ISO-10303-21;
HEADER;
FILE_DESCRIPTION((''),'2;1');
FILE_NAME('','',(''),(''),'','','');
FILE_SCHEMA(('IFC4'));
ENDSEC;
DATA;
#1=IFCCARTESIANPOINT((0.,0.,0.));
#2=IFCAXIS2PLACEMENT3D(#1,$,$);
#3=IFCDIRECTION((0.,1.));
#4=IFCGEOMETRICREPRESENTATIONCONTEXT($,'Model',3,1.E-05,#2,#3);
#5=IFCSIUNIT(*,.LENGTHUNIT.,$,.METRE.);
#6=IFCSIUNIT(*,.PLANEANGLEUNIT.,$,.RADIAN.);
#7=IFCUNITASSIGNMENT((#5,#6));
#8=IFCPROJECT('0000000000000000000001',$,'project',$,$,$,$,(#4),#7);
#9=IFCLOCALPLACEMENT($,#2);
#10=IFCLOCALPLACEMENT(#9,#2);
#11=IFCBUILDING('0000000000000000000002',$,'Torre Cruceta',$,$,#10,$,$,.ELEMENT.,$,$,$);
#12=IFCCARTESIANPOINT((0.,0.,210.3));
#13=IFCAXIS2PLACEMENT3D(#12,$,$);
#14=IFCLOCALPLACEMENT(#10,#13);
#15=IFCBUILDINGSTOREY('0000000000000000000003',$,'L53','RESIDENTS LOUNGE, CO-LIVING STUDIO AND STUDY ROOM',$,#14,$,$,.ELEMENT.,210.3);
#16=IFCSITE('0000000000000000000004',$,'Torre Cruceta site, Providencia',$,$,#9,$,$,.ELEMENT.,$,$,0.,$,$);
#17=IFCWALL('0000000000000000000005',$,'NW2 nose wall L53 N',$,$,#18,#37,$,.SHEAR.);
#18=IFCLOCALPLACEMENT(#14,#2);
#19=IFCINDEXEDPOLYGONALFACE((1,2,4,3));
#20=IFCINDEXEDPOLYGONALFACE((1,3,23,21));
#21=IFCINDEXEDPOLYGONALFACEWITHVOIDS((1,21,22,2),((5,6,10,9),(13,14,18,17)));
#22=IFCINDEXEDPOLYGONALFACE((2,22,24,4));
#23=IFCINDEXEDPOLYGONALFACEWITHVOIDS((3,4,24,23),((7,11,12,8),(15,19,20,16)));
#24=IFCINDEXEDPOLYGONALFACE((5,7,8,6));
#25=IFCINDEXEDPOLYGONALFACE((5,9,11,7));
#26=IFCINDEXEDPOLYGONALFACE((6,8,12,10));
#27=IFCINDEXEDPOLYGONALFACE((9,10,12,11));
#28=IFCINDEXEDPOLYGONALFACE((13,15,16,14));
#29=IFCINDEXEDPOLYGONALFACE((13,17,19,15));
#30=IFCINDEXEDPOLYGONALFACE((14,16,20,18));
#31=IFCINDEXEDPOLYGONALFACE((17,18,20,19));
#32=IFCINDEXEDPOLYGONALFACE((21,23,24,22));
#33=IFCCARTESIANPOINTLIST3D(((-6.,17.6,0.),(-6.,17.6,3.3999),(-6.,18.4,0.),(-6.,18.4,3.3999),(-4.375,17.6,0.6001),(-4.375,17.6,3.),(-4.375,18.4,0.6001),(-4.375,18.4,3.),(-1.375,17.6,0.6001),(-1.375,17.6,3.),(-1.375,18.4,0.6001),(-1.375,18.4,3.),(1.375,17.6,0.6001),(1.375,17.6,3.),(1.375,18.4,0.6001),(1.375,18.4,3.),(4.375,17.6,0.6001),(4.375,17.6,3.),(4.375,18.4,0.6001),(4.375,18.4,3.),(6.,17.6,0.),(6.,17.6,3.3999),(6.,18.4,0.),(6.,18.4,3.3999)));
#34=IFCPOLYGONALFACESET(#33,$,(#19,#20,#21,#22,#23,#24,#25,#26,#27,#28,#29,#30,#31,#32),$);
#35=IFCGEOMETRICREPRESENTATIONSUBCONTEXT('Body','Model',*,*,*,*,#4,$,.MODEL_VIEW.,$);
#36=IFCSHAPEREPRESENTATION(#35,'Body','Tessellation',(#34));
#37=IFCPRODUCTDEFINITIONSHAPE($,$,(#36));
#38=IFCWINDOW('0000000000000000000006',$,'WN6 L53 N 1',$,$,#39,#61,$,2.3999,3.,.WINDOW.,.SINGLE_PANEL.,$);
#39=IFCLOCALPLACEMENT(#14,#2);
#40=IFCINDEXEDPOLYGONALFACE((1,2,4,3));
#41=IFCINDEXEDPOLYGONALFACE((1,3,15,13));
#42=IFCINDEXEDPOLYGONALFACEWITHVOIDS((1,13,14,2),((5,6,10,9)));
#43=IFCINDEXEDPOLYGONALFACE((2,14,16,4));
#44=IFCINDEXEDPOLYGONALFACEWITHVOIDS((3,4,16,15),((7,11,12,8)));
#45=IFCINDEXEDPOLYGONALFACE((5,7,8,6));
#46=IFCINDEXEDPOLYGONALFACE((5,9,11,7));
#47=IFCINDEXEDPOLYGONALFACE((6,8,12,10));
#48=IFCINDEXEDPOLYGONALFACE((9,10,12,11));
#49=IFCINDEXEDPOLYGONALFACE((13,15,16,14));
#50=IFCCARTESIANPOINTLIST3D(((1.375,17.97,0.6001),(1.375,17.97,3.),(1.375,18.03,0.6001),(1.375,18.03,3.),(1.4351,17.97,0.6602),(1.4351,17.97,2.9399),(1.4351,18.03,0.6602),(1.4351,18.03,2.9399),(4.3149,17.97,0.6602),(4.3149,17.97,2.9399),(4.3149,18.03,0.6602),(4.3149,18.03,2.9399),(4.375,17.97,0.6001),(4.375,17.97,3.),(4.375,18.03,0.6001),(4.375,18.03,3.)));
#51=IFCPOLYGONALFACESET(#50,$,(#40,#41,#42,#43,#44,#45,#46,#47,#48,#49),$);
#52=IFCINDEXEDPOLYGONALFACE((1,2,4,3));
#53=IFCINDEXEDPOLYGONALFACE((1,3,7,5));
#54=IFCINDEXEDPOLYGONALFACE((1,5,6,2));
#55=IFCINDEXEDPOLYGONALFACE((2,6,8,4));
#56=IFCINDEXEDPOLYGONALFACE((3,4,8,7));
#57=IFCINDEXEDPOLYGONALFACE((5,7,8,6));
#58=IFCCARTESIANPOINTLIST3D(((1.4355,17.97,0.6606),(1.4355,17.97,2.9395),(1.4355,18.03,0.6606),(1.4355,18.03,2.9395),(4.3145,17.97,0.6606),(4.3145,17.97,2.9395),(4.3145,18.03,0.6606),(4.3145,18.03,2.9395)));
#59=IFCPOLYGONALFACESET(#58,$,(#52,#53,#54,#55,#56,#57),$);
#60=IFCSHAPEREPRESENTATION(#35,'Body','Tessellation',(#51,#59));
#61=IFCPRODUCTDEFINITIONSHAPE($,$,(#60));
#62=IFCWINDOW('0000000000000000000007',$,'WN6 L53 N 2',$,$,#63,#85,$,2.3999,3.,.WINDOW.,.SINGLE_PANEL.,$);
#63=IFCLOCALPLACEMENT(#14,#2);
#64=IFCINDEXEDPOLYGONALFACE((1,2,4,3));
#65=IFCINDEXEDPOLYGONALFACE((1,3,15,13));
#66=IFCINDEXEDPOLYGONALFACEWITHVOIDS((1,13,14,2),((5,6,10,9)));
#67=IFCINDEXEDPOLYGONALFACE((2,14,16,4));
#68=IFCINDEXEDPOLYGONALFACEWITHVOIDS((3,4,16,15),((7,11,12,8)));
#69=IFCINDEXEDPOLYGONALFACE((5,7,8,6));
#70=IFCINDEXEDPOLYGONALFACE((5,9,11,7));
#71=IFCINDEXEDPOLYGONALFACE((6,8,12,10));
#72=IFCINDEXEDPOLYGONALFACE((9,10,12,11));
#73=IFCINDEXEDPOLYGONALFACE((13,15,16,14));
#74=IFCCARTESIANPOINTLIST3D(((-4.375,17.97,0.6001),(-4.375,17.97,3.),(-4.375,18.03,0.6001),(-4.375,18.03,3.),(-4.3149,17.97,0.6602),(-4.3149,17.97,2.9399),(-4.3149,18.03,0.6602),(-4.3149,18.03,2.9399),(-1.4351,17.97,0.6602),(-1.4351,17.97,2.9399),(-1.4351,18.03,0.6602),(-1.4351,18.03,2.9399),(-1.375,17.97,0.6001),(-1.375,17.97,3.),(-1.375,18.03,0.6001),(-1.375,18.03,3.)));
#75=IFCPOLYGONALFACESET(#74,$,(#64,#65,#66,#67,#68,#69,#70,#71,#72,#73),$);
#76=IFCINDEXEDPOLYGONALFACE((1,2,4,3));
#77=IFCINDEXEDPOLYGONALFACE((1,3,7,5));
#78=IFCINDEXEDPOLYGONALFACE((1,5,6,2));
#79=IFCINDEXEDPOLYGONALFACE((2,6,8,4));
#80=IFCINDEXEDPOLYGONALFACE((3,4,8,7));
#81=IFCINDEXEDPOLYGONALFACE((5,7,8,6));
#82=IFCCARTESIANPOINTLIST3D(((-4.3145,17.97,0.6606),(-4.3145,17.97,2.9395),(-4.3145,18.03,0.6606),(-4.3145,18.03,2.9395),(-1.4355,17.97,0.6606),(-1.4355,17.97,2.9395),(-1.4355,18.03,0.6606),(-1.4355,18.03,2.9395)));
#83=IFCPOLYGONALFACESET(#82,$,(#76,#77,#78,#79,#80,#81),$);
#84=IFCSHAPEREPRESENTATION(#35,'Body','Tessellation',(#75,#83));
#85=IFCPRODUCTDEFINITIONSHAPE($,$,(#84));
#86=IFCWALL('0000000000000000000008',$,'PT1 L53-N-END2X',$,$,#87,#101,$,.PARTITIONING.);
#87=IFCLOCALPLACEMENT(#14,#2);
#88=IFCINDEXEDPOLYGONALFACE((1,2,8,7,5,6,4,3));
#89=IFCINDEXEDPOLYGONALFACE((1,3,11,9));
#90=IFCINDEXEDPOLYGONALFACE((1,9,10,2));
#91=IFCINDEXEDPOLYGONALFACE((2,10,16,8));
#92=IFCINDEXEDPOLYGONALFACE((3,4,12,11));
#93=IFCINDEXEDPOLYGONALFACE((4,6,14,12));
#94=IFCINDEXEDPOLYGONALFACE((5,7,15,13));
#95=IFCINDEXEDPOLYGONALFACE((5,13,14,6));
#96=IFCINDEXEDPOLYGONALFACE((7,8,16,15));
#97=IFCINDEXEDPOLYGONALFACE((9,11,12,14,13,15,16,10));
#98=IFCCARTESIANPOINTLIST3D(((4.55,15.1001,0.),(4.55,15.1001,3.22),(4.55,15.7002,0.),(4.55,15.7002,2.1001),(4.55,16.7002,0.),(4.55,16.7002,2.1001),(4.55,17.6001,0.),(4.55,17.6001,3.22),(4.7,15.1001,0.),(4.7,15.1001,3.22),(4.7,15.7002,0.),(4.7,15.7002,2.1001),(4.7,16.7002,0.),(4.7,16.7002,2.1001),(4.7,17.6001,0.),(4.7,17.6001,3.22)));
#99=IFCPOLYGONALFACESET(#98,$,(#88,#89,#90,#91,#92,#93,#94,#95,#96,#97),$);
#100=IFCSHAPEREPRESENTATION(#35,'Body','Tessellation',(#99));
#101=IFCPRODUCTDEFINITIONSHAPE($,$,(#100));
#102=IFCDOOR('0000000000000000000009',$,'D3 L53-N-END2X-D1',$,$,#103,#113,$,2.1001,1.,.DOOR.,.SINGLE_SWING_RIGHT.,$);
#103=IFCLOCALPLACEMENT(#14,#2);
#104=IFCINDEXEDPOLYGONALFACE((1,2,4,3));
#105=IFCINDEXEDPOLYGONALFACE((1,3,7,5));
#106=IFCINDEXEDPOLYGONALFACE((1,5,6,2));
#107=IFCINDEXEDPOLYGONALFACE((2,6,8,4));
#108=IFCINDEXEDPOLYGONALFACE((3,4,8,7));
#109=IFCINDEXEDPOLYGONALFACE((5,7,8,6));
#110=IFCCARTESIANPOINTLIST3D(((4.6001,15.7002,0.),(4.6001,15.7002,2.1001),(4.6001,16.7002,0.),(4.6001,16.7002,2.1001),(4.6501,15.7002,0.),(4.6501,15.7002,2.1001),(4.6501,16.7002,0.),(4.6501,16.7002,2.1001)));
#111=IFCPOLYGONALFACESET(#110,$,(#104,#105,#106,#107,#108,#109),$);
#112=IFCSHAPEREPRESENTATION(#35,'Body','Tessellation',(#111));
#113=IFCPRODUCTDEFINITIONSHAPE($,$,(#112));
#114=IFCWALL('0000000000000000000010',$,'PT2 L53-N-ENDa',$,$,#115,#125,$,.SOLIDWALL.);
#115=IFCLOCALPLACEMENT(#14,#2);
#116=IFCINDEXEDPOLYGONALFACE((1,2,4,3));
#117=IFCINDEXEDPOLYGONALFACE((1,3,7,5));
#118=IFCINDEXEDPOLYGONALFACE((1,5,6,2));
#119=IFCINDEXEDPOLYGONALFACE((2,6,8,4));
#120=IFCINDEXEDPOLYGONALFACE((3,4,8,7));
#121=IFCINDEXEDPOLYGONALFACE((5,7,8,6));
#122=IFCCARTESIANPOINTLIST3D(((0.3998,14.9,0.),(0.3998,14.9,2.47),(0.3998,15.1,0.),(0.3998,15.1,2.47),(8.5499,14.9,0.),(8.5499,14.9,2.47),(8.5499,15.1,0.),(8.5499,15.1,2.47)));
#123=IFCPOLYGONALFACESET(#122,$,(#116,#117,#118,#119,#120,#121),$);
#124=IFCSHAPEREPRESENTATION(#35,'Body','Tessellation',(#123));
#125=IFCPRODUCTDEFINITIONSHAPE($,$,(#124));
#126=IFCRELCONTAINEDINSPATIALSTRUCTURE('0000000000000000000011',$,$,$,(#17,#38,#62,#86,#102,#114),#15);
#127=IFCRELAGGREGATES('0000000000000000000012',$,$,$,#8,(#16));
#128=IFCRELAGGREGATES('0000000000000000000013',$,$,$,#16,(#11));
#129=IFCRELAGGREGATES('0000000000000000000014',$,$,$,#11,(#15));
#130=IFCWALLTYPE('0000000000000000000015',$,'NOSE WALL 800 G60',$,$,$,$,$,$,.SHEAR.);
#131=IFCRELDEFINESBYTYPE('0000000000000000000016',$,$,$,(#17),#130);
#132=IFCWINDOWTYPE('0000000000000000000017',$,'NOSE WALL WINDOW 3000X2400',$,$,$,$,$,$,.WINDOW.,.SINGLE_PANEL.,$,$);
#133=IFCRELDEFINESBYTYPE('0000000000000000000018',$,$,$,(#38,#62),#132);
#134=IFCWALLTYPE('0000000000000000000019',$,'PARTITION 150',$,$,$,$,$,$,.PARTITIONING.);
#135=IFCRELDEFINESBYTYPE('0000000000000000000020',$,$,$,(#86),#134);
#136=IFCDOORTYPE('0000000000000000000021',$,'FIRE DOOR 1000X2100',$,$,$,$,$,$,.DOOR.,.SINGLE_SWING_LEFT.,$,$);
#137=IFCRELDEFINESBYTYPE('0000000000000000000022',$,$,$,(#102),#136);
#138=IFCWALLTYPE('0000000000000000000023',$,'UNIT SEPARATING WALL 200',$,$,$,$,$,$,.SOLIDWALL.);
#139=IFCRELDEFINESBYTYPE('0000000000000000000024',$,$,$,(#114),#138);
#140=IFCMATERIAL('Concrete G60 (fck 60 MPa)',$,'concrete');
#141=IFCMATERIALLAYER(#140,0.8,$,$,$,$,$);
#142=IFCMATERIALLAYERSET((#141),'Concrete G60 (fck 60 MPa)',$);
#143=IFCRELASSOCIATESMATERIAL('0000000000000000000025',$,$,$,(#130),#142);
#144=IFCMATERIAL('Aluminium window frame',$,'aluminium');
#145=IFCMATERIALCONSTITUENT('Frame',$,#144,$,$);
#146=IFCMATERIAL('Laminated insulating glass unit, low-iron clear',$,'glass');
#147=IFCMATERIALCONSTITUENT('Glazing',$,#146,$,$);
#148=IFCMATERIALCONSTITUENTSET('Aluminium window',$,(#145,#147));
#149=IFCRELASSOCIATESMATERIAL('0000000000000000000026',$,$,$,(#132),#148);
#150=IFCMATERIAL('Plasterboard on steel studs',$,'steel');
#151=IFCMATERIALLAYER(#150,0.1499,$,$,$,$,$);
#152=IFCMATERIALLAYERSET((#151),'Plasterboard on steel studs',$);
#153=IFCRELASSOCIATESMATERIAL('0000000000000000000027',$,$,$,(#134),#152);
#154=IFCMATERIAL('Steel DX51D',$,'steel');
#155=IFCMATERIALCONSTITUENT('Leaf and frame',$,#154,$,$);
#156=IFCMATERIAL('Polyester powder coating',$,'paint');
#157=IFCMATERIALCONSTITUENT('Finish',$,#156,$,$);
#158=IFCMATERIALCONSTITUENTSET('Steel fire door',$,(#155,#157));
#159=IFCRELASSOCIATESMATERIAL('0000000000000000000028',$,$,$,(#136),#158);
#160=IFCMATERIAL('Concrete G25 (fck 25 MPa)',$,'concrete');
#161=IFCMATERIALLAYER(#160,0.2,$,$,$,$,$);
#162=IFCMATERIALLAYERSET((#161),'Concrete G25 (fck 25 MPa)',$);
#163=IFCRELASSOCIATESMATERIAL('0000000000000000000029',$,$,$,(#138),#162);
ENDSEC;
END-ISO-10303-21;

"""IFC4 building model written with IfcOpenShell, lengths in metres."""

from ifc_helpers import new_model, si_unit, direction, frame, frame_2d, origin, place, context, subcontext, project, spatial, rectangle, hollow_rectangle, extrude, material, layer, layer_set, constituent, constituent_set, type_object, element, fill, save


model = new_model("IFC4")

# Units and contexts
model_context = context("Model", 3, precision=1e-05, world=origin(), true_north=direction((0.0, 1.0)))
body_context = subcontext(model_context, "Body", "Model", "MODEL_VIEW")
ifc_project = project(units=[si_unit("LENGTHUNIT", "METRE"), si_unit("PLANEANGLEUNIT", "RADIAN")], contexts=[model_context])

# Site, building, storey
site_placement = place(None, origin())
site = spatial("IfcSite", under=ifc_project, at=site_placement, Name="Torre Cruceta site, Providencia", CompositionType="ELEMENT", RefElevation=0.0)
building_placement = place(site_placement, origin())
building = spatial("IfcBuilding", under=site, at=building_placement, Name="Torre Cruceta", CompositionType="ELEMENT")
storey_placement = place(building_placement, frame((0.0, 0.0, 210.3)))
storey = spatial("IfcBuildingStorey", under=building, at=storey_placement, Name="L53", Description="RESIDENTS LOUNGE, CO-LIVING STUDIO AND STUDY ROOM", CompositionType="ELEMENT", Elevation=210.3)

# Wall, openings, windows
ifc_material_1 = material(Name="Concrete G60 (fck 60 MPa)", Category="concrete")
ifc_layer_1 = layer(ifc_material_1, 0.8)
ifc_layer_set_1 = layer_set([ifc_layer_1], Name="Concrete G60 (fck 60 MPa)")
wall_type_1 = type_object("IfcWallType", Name="NOSE WALL 800 G60", PredefinedType="SHEAR", material=ifc_layer_set_1)
wall_1_placement = place(storey_placement, frame((6.0, 18.0, 0.0), z_axis=(0.0, 0.0, 1.0), x_axis=(-1.0, 0.0, 0.0)))
wall_1 = element("IfcWall", 1, at=wall_1_placement, inside=storey, type_object=wall_type_1, Name="NW2 nose wall L53 N", PredefinedType="SHEAR", context=body_context, shape_type="SweptSolid", body=[
    extrude(rectangle(XDim=12.0, YDim=0.8, at=frame_2d((6.0, 0.0))), origin(), (0.0, 0.0, 1.0), 3.3999),
])
opening_1_placement = place(wall_1_placement, frame((1.625, 0.0, 0.6001)))
opening_1 = element("IfcOpeningElement", 2, at=opening_1_placement, cuts=wall_1, PredefinedType="OPENING", context=body_context, shape_type="SweptSolid", body=[
    extrude(rectangle(XDim=3.0, YDim=2.3999, at=frame_2d((1.5, 1.2))), frame((0.0, 0.4099, 0.0), z_axis=(0.0, -1.0, 0.0), x_axis=(1.0, 0.0, 0.0)), (0.0, 0.0, 1.0), 0.8201),
])
opening_2_placement = place(wall_1_placement, frame((7.375, 0.0, 0.6001)))
opening_2 = element("IfcOpeningElement", 3, at=opening_2_placement, cuts=wall_1, PredefinedType="OPENING", context=body_context, shape_type="SweptSolid", body=[
    extrude(rectangle(XDim=3.0, YDim=2.3999, at=frame_2d((1.5, 1.2))), frame((0.0, 0.4099, 0.0), z_axis=(0.0, -1.0, 0.0), x_axis=(1.0, 0.0, 0.0)), (0.0, 0.0, 1.0), 0.8201),
])
ifc_material_2 = material(Name="Aluminium window frame", Category="aluminium")
ifc_constituent_1 = constituent(ifc_material_2, Name="Frame")
ifc_material_3 = material(Name="Laminated insulating glass unit, low-iron clear", Category="glass")
ifc_constituent_2 = constituent(ifc_material_3, Name="Glazing")
ifc_constituent_set_1 = constituent_set(constituents=[ifc_constituent_1, ifc_constituent_2], Name="Aluminium window")
window_type = type_object("IfcWindowType", Name="NOSE WALL WINDOW 3000X2400", PartitioningType="SINGLE_PANEL", PredefinedType="WINDOW", material=ifc_constituent_set_1)
window_1_placement = place(opening_1_placement, origin())
window_1 = element("IfcWindow", 4, at=window_1_placement, inside=storey, type_object=window_type, Name="WN6 L53 N 1", OverallHeight=2.3999, OverallWidth=3.0, PartitioningType="SINGLE_PANEL", PredefinedType="WINDOW", context=body_context, shape_type="SweptSolid", body=[
    extrude(hollow_rectangle(XDim=3.0, YDim=2.3999, WallThickness=0.0601, at=frame_2d((1.5, 1.2))), frame((0.0, 0.03, 0.0), z_axis=(0.0, -1.0, 0.0), x_axis=(1.0, 0.0, 0.0)), (0.0, 0.0, 1.0), 0.0601),
    extrude(rectangle(XDim=2.8789, YDim=2.2788, at=frame_2d((1.5, 1.2))), frame((0.0, 0.03, 0.0), z_axis=(0.0, -1.0, 0.0), x_axis=(1.0, 0.0, 0.0)), (0.0, 0.0, 1.0), 0.0601),
])
fill(opening_1, window_1)
window_2_placement = place(opening_2_placement, origin())
window_2 = element("IfcWindow", 5, at=window_2_placement, inside=storey, type_object=window_type, Name="WN6 L53 N 2", OverallHeight=2.3999, OverallWidth=3.0, PartitioningType="SINGLE_PANEL", PredefinedType="WINDOW", context=body_context, shape_type="SweptSolid", body=[
    extrude(hollow_rectangle(XDim=3.0, YDim=2.3999, WallThickness=0.0601, at=frame_2d((1.5, 1.2))), frame((0.0, 0.03, 0.0), z_axis=(0.0, -1.0, 0.0), x_axis=(1.0, 0.0, 0.0)), (0.0, 0.0, 1.0), 0.0601),
    extrude(rectangle(XDim=2.8789, YDim=2.2788, at=frame_2d((1.5, 1.2))), frame((0.0, 0.03, 0.0), z_axis=(0.0, -1.0, 0.0), x_axis=(1.0, 0.0, 0.0)), (0.0, 0.0, 1.0), 0.0601),
])
fill(opening_2, window_2)

# Wall, opening, door
ifc_material_4 = material(Name="Plasterboard on steel studs", Category="steel")
ifc_layer_2 = layer(ifc_material_4, 0.1499)
ifc_layer_set_2 = layer_set([ifc_layer_2], Name="Plasterboard on steel studs")
wall_type_2 = type_object("IfcWallType", Name="PARTITION 150", PredefinedType="PARTITIONING", material=ifc_layer_set_2)
wall_2_placement = place(storey_placement, frame((4.625, 15.1001, 0.0), z_axis=(0.0, 0.0, 1.0), x_axis=(0.0, 1.0, 0.0)))
wall_2 = element("IfcWall", 6, at=wall_2_placement, inside=storey, type_object=wall_type_2, Name="PT1 L53-N-END2X", PredefinedType="PARTITIONING", context=body_context, shape_type="SweptSolid", body=[
    extrude(rectangle(XDim=2.5, YDim=0.1499, at=frame_2d((1.25, 0.0))), origin(), (0.0, 0.0, 1.0), 3.22),
])
opening_3_placement = place(wall_2_placement, frame((0.6001, 0.0, 0.0)))
opening_3 = element("IfcOpeningElement", 7, at=opening_3_placement, cuts=wall_2, PredefinedType="OPENING", context=body_context, shape_type="SweptSolid", body=[
    extrude(rectangle(XDim=1.0, YDim=2.1001, at=frame_2d((0.5, 1.05))), frame((0.0, 0.085, 0.0), z_axis=(0.0, -1.0, 0.0), x_axis=(1.0, 0.0, 0.0)), (0.0, 0.0, 1.0), 0.1699),
])
ifc_material_5 = material(Name="Steel DX51D", Category="steel")
ifc_constituent_3 = constituent(ifc_material_5, Name="Leaf and frame")
ifc_material_6 = material(Name="Polyester powder coating", Category="paint")
ifc_constituent_4 = constituent(ifc_material_6, Name="Finish")
ifc_constituent_set_2 = constituent_set(constituents=[ifc_constituent_3, ifc_constituent_4], Name="Steel fire door")
door_type = type_object("IfcDoorType", Name="FIRE DOOR 1000X2100", OperationType="SINGLE_SWING_LEFT", PredefinedType="DOOR", material=ifc_constituent_set_2)
door_placement = place(opening_3_placement, frame((1.0, 0.0, 0.0), z_axis=(0.0, 0.0, 1.0), x_axis=(-1.0, 0.0, 0.0)))
door = element("IfcDoor", 8, at=door_placement, inside=storey, type_object=door_type, Name="D3 L53-N-END2X-D1", OperationType="SINGLE_SWING_RIGHT", OverallHeight=2.1001, OverallWidth=1.0, PredefinedType="DOOR", context=body_context, shape_type="SweptSolid", body=[
    extrude(rectangle(XDim=1.0, YDim=2.1001, at=frame_2d((0.5, 1.05))), frame((0.0, 0.0251, 0.0), z_axis=(0.0, -1.0, 0.0), x_axis=(1.0, 0.0, 0.0)), (0.0, 0.0, 1.0), 0.05),
])
fill(opening_3, door)

# Wall
ifc_material_7 = material(Name="Concrete G25 (fck 25 MPa)", Category="concrete")
ifc_layer_3 = layer(ifc_material_7, 0.2)
ifc_layer_set_3 = layer_set([ifc_layer_3], Name="Concrete G25 (fck 25 MPa)")
wall_type_3 = type_object("IfcWallType", Name="UNIT SEPARATING WALL 200", PredefinedType="SOLIDWALL", material=ifc_layer_set_3)
wall_3_placement = place(storey_placement, frame((8.55, 15.0, 0.0), z_axis=(0.0, 0.0, 1.0), x_axis=(-1.0, 0.0, 0.0)))
element("IfcWall", 9, at=wall_3_placement, inside=storey, type_object=wall_type_3, Name="PT2 L53-N-ENDa", PredefinedType="SOLIDWALL", context=body_context, shape_type="SweptSolid", body=[
    extrude(rectangle(XDim=8.1501, YDim=0.2, at=frame_2d((4.0752, 0.0))), origin(), (0.0, 0.0, 1.0), 2.47),
])

save(model, "model.ifc")
